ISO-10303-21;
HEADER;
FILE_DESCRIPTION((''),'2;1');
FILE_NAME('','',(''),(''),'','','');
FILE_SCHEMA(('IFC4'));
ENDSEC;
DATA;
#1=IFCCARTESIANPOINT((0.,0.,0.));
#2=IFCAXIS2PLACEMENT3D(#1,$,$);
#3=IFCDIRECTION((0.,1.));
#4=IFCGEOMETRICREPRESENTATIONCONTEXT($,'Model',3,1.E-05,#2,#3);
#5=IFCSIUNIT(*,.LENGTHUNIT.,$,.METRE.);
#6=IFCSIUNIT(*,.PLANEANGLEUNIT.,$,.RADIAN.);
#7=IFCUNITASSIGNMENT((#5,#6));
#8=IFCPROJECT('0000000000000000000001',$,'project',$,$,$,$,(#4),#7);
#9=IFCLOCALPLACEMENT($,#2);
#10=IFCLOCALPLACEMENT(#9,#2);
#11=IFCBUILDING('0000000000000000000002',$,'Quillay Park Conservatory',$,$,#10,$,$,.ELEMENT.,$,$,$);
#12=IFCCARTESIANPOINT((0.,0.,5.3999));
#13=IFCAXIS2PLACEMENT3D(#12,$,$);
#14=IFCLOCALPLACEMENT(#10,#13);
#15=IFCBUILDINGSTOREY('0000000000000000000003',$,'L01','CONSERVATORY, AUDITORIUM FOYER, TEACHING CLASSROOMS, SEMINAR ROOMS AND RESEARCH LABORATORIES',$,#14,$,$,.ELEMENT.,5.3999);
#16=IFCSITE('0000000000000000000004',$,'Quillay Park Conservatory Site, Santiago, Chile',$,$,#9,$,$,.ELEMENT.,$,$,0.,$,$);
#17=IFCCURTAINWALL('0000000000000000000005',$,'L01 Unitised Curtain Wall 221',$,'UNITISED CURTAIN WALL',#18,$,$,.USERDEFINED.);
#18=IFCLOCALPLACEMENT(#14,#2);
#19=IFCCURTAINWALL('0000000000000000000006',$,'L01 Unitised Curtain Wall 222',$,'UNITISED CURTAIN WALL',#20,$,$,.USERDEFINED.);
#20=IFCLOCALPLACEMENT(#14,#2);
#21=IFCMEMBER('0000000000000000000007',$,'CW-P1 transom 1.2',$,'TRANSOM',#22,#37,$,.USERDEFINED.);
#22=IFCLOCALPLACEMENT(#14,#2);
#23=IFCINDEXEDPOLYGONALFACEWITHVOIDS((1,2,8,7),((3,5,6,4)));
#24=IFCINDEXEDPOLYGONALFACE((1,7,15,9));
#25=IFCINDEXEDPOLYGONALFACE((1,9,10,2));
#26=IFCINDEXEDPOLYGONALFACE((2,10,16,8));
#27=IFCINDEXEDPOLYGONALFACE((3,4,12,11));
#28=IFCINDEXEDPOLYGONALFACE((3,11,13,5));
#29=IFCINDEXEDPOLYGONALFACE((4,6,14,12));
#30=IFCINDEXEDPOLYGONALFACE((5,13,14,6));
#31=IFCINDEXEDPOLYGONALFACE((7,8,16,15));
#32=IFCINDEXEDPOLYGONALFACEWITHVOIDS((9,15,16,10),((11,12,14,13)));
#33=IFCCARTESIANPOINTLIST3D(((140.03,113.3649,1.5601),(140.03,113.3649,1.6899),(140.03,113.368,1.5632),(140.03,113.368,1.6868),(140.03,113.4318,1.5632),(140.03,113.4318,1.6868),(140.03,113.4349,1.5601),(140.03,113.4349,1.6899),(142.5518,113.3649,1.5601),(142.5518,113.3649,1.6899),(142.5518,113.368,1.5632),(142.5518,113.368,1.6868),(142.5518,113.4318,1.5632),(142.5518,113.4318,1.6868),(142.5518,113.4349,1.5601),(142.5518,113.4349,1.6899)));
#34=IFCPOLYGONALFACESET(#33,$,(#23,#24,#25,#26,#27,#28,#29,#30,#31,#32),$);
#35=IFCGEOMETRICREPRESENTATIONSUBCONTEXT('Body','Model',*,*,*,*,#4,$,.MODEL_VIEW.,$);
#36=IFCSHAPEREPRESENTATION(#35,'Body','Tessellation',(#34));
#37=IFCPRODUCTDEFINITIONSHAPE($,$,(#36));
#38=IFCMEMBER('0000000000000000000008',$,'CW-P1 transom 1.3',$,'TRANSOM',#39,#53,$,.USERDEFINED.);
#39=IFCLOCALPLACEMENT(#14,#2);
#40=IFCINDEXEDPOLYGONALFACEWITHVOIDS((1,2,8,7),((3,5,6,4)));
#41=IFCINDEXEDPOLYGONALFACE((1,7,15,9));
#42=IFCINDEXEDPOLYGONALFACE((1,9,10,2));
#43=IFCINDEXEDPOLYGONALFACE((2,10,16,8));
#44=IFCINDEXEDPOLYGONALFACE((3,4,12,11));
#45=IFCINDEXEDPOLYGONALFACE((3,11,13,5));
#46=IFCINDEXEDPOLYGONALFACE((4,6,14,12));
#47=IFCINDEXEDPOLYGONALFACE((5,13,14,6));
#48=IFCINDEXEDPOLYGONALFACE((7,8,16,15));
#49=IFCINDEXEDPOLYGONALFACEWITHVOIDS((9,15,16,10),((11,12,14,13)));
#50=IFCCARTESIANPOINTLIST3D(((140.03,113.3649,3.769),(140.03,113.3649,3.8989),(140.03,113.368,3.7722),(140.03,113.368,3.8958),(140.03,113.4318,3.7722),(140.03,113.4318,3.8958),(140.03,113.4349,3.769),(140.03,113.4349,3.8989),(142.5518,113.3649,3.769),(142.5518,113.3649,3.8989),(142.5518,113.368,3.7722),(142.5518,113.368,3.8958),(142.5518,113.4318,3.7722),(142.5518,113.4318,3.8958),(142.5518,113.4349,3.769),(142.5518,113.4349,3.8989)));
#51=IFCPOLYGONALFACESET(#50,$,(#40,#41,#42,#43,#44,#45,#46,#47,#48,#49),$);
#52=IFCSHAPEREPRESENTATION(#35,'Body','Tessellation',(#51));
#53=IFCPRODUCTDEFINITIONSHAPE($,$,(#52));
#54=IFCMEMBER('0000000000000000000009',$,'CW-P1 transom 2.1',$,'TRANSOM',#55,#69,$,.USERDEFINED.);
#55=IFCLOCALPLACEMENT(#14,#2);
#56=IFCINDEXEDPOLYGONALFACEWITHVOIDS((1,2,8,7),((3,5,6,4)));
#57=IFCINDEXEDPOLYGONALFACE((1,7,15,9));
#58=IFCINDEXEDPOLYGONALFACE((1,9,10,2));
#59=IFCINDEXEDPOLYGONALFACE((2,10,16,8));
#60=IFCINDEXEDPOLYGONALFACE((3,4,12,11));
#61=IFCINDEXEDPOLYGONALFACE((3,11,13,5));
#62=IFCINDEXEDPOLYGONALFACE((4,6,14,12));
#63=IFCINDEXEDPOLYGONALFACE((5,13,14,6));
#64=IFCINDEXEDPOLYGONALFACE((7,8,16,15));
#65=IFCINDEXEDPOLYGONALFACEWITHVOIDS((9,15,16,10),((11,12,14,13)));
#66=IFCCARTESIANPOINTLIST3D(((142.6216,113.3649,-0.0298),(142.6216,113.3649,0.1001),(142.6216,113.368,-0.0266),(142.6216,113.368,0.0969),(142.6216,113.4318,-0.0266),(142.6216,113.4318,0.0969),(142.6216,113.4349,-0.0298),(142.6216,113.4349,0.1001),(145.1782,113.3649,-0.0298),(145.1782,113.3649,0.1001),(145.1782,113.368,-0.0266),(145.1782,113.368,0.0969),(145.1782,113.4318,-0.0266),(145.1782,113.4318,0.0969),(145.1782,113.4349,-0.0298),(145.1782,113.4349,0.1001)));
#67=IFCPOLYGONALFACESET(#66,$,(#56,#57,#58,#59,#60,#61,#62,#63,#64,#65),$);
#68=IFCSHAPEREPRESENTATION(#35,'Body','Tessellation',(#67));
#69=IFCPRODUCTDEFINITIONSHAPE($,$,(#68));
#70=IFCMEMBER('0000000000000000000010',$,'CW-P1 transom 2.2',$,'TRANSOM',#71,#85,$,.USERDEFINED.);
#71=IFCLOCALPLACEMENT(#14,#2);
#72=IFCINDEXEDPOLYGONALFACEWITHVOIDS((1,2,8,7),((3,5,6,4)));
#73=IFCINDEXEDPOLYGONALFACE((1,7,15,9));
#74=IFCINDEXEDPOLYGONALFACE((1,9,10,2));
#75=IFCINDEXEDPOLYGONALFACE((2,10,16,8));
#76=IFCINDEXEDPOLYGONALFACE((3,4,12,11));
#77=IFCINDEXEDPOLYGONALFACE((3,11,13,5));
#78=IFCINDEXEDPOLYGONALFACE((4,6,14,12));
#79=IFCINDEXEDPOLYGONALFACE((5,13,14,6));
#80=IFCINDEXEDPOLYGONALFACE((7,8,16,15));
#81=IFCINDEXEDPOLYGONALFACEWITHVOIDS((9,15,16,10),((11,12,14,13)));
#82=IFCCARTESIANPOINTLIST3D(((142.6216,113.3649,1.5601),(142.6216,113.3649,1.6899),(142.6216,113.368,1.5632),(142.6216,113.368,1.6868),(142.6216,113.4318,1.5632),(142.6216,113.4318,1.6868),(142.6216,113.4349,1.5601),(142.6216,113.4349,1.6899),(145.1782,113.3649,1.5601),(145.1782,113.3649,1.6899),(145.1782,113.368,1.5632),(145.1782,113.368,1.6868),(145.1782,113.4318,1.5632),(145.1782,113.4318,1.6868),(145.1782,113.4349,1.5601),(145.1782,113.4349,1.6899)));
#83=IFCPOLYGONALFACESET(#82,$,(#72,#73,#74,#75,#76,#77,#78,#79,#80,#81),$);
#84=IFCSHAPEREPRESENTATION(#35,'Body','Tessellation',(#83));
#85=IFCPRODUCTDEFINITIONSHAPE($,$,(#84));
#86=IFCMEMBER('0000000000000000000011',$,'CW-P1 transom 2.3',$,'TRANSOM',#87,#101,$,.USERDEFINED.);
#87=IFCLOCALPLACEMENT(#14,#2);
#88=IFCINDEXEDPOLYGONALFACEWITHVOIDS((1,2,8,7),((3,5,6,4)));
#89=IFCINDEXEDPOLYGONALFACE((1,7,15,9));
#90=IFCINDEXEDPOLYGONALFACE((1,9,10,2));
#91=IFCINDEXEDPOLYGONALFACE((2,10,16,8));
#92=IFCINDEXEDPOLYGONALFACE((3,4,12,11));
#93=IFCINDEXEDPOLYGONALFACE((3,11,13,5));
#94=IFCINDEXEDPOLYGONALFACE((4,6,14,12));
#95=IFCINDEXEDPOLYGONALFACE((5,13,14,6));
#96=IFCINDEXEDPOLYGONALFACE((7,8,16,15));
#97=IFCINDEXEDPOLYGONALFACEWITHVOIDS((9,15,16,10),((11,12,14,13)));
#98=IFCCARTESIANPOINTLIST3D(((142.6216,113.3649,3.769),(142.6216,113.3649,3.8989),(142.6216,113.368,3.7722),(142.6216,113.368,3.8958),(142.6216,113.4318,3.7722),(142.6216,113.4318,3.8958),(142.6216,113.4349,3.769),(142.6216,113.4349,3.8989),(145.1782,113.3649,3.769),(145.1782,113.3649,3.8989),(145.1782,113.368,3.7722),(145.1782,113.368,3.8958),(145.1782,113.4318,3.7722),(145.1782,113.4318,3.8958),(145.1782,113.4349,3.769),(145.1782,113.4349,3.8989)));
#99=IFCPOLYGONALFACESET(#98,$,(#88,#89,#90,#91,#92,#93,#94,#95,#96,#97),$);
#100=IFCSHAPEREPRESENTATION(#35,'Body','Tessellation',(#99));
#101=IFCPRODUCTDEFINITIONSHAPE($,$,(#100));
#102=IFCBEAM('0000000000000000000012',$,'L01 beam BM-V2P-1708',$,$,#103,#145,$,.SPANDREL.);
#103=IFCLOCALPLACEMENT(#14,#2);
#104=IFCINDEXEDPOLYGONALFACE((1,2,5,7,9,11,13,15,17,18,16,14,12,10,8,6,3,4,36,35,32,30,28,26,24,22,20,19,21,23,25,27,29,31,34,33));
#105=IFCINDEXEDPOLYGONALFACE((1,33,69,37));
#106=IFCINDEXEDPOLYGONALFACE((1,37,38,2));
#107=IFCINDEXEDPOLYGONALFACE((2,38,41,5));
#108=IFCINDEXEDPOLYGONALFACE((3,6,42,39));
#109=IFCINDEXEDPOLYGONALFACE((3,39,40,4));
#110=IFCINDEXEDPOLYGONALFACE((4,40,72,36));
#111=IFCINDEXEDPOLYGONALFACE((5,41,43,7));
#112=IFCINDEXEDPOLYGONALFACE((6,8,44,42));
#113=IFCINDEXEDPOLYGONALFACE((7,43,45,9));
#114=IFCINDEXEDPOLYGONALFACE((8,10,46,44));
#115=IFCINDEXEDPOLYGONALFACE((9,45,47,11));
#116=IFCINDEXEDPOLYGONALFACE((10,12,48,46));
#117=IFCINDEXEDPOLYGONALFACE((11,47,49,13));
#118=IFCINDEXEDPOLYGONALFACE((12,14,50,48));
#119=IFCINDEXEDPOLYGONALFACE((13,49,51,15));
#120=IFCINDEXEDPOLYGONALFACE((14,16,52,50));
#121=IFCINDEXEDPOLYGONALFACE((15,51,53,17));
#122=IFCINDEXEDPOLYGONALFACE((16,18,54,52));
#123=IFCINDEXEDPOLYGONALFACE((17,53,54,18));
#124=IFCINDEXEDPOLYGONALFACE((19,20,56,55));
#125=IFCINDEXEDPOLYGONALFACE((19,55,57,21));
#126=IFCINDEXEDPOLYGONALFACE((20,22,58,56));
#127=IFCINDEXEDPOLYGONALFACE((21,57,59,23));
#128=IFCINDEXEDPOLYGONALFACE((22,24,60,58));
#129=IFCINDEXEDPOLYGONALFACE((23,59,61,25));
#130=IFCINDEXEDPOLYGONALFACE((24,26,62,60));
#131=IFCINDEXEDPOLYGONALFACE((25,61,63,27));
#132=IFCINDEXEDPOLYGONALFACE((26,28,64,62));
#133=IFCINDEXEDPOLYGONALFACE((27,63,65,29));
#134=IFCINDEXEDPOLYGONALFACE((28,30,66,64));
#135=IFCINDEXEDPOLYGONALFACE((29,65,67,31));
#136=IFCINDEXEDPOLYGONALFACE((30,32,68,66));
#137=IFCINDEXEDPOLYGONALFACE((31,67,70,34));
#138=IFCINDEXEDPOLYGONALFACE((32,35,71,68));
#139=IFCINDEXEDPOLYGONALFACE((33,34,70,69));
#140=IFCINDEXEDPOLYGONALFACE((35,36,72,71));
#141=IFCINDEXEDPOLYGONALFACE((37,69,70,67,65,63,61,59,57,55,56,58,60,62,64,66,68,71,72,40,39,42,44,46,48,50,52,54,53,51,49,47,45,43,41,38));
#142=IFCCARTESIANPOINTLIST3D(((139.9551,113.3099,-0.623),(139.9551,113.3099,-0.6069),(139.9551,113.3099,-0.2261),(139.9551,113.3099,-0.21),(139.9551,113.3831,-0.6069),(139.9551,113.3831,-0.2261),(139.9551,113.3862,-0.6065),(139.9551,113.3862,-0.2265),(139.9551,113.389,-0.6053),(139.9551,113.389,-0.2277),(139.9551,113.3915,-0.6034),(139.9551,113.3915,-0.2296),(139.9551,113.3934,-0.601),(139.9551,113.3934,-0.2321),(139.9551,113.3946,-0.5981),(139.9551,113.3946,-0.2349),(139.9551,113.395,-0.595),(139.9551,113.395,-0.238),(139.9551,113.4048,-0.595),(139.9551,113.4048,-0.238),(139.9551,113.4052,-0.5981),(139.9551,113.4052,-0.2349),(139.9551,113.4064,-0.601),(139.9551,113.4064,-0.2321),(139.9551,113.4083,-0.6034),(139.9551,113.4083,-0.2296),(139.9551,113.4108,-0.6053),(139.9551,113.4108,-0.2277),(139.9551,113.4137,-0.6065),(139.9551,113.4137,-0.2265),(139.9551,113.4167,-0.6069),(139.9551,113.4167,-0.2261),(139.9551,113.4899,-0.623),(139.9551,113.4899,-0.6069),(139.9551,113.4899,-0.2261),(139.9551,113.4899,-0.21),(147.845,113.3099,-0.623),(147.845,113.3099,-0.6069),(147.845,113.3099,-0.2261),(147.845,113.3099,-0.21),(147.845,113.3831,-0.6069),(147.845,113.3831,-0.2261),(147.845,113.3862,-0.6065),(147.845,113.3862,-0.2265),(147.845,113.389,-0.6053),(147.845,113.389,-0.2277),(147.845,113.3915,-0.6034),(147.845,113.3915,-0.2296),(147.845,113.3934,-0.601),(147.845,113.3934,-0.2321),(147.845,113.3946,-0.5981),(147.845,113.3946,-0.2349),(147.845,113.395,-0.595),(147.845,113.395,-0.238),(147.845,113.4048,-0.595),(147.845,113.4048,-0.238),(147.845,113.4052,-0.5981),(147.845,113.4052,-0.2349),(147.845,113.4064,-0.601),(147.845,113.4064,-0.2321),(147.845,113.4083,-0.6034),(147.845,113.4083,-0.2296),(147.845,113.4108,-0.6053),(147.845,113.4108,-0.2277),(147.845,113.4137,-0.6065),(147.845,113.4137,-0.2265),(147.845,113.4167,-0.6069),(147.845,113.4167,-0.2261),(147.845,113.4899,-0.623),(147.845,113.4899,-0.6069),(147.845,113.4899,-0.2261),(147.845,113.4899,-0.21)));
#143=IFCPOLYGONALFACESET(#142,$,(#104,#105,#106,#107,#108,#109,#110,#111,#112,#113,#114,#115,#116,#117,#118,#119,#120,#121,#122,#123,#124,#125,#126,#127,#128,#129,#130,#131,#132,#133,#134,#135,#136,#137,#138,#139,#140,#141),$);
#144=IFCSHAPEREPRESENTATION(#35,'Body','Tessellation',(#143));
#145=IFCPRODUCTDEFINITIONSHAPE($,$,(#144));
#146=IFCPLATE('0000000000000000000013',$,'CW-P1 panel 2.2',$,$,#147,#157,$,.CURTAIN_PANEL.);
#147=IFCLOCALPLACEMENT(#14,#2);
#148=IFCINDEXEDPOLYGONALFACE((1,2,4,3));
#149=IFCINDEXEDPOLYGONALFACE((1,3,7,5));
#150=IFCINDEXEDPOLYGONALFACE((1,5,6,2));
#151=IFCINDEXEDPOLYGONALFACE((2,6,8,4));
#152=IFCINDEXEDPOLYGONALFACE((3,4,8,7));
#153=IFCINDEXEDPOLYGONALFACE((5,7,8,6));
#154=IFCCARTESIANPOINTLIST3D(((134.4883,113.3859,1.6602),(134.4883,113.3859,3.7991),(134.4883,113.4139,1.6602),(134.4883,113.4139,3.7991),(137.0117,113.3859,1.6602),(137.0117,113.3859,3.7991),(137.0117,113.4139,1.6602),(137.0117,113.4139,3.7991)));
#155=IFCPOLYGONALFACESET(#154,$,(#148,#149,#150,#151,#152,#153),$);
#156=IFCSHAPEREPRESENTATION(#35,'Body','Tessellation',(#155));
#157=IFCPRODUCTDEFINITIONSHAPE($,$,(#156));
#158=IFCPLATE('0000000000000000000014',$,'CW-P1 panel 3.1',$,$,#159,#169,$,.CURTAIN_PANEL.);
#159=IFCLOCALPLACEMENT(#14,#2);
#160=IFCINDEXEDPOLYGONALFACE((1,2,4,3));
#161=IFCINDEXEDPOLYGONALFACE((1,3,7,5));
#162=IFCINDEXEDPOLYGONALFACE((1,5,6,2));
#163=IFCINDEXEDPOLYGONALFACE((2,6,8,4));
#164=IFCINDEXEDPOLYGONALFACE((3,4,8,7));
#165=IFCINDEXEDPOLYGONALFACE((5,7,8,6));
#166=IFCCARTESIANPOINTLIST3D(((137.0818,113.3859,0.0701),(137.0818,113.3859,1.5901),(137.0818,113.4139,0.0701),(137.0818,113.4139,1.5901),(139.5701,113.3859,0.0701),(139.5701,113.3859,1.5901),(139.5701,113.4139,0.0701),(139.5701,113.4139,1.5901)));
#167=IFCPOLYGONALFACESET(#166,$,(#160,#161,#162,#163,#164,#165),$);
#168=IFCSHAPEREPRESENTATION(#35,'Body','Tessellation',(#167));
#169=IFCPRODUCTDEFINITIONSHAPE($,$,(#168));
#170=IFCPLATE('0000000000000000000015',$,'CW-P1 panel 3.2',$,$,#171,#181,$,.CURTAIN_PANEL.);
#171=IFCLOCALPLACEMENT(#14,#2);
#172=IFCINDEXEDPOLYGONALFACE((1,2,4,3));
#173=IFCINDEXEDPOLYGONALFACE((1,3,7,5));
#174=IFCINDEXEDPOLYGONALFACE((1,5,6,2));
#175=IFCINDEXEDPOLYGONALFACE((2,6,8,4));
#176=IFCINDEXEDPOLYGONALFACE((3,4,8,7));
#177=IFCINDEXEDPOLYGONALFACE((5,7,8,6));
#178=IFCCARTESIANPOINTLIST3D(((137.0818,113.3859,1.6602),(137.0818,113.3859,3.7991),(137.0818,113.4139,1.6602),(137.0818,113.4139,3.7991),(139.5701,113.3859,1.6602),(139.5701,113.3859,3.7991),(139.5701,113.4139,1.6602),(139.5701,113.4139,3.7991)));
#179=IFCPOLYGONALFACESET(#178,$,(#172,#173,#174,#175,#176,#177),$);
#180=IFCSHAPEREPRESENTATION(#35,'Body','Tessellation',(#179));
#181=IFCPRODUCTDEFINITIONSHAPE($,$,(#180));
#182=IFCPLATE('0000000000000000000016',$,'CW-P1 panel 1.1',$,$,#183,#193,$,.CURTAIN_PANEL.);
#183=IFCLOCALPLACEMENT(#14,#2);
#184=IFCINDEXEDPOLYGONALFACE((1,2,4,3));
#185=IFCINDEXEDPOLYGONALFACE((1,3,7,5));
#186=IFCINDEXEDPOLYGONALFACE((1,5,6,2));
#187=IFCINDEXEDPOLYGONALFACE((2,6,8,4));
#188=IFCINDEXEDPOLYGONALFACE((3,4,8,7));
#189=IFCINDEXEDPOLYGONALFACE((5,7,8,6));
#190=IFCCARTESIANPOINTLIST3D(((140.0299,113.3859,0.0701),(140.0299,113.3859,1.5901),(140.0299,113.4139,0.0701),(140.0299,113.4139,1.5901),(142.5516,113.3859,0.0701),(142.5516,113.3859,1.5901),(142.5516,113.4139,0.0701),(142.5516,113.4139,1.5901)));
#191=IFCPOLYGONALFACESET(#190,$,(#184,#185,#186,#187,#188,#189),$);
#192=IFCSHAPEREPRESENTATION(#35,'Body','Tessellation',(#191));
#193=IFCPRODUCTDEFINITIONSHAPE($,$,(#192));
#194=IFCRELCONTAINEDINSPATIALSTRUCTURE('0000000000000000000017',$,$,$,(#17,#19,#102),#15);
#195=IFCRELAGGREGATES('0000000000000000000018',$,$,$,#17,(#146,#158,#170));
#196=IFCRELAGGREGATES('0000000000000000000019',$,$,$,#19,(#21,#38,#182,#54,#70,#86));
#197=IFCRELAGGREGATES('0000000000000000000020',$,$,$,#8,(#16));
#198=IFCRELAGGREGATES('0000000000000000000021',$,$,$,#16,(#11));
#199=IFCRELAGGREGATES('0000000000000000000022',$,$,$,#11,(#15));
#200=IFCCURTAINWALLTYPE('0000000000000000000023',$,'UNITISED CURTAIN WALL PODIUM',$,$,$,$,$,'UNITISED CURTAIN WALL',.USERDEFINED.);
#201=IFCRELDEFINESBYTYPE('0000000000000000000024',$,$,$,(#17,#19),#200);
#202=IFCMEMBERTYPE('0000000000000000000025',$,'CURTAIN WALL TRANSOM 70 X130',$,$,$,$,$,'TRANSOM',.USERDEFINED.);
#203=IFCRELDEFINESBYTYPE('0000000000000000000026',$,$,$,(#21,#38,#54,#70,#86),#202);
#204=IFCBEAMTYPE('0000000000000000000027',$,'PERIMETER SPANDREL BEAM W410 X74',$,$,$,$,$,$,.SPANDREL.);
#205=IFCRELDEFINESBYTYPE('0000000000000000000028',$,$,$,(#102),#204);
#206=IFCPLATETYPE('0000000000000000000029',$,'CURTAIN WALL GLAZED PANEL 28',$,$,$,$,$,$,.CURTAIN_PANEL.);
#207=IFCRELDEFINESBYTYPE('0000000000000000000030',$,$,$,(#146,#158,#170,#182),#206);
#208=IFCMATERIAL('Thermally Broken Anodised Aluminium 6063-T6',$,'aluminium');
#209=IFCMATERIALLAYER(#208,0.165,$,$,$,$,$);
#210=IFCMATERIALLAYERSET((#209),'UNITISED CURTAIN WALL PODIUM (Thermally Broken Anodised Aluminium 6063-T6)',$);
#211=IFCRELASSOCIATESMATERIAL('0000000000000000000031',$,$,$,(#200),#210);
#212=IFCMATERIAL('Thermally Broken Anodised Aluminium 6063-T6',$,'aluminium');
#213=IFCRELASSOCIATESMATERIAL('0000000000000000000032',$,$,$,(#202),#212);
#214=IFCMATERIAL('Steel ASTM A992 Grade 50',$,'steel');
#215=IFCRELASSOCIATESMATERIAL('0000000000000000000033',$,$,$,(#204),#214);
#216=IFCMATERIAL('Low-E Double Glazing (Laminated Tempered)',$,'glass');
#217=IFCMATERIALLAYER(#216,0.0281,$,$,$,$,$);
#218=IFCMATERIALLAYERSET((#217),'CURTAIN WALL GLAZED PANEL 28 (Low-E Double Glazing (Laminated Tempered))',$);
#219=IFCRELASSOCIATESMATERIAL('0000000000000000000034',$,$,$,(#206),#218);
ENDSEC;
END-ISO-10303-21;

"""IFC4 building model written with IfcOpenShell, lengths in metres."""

from ifc_helpers import new_model, si_unit, direction, frame, origin, origin_2d, place, context, subcontext, project, spatial, rectangle, hollow_rectangle, i_section, extrude, material, layer, layer_set, material_profile, profile_set, type_object, element, aggregate, save


model = new_model("IFC4")

# Units and contexts
model_context = context("Model", 3, precision=1e-05, world=origin(), true_north=direction((0.0, 1.0)))
body_context = subcontext(model_context, "Body", "Model", "MODEL_VIEW")
ifc_project = project(units=[si_unit("LENGTHUNIT", "METRE"), si_unit("PLANEANGLEUNIT", "RADIAN")], contexts=[model_context])

# Site, building, storey
site_placement = place(None, origin())
site = spatial("IfcSite", under=ifc_project, at=site_placement, Name="Quillay Park Conservatory Site, Santiago, Chile", CompositionType="ELEMENT", RefElevation=0.0)
building_placement = place(site_placement, origin())
building = spatial("IfcBuilding", under=site, at=building_placement, Name="Quillay Park Conservatory", CompositionType="ELEMENT")
storey_placement = place(building_placement, frame((0.0, 0.0, 5.3999)))
storey = spatial("IfcBuildingStorey", under=building, at=storey_placement, Name="L01", Description="CONSERVATORY, AUDITORIUM FOYER, TEACHING CLASSROOMS, SEMINAR ROOMS AND RESEARCH LABORATORIES", CompositionType="ELEMENT", Elevation=5.3999)

# Curtain walls
ifc_material_1 = material(Name="Thermally Broken Anodised Aluminium 6063-T6", Category="aluminium")
ifc_layer_1 = layer(ifc_material_1, 0.165)
ifc_layer_set_1 = layer_set([ifc_layer_1], Name="UNITISED CURTAIN WALL PODIUM (Thermally Broken Anodised Aluminium 6063-T6)")
curtain_wall_type = type_object("IfcCurtainWallType", Name="UNITISED CURTAIN WALL PODIUM", ElementType="UNITISED CURTAIN WALL", PredefinedType="USERDEFINED", material=ifc_layer_set_1)
curtain_wall_1_placement = place(storey_placement, origin())
curtain_wall_1 = element("IfcCurtainWall", 1, at=curtain_wall_1_placement, inside=storey, type_object=curtain_wall_type, Name="L01 Unitised Curtain Wall 221", ObjectType="UNITISED CURTAIN WALL", PredefinedType="USERDEFINED")
curtain_wall_2_placement = place(storey_placement, origin())
curtain_wall_2 = element("IfcCurtainWall", 2, at=curtain_wall_2_placement, inside=storey, type_object=curtain_wall_type, Name="L01 Unitised Curtain Wall 222", ObjectType="UNITISED CURTAIN WALL", PredefinedType="USERDEFINED")

# Members
ifc_material_2 = material(Name="Thermally Broken Anodised Aluminium 6063-T6", Category="aluminium")
ifc_material_profile_1 = material_profile(ifc_material_2, hollow_rectangle(XDim=0.0701, YDim=0.1299, WallThickness=0.0032, at=origin_2d()), Name="AL70x130x3.2")
ifc_profile_set_1 = profile_set([ifc_material_profile_1], Name="Thermally Broken Anodised Aluminium 6063-T6")
member_type_1 = type_object("IfcMemberType", Name="CURTAIN WALL TRANSOM 70 X130", ElementType="TRANSOM", PredefinedType="USERDEFINED", material=ifc_profile_set_1)
member_1_placement = place(storey_placement, frame((140.03, 113.3999, 1.625), z_axis=(1.0, 0.0, 0.0), x_axis=(0.0, 1.0, 0.0)))
member_1 = element("IfcMember", 3, at=member_1_placement, type_object=member_type_1, Name="CW-P1 transom 1.2", ObjectType="TRANSOM", PredefinedType="USERDEFINED", context=body_context, shape_type="SweptSolid", body=[
    extrude(hollow_rectangle(XDim=0.0701, YDim=0.1299, WallThickness=0.0032, at=origin_2d()), origin(), (0.0, 0.0, 1.0), 2.5217),
])
member_2_placement = place(storey_placement, frame((140.03, 113.3999, 3.834), z_axis=(1.0, 0.0, 0.0), x_axis=(0.0, 1.0, 0.0)))
member_2 = element("IfcMember", 4, at=member_2_placement, type_object=member_type_1, Name="CW-P1 transom 1.3", ObjectType="TRANSOM", PredefinedType="USERDEFINED", context=body_context, shape_type="SweptSolid", body=[
    extrude(hollow_rectangle(XDim=0.0701, YDim=0.1299, WallThickness=0.0032, at=origin_2d()), origin(), (0.0, 0.0, 1.0), 2.5217),
])
member_3_placement = place(storey_placement, frame((142.6216, 113.3999, 0.0352), z_axis=(1.0, 0.0, 0.0), x_axis=(0.0, 1.0, 0.0)))
member_3 = element("IfcMember", 5, at=member_3_placement, type_object=member_type_1, Name="CW-P1 transom 2.1", ObjectType="TRANSOM", PredefinedType="USERDEFINED", context=body_context, shape_type="SweptSolid", body=[
    extrude(hollow_rectangle(XDim=0.0701, YDim=0.1299, WallThickness=0.0032, at=origin_2d()), origin(), (0.0, 0.0, 1.0), 2.5566),
])
member_4_placement = place(storey_placement, frame((142.6216, 113.3999, 1.625), z_axis=(1.0, 0.0, 0.0), x_axis=(0.0, 1.0, 0.0)))
member_4 = element("IfcMember", 6, at=member_4_placement, type_object=member_type_1, Name="CW-P1 transom 2.2", ObjectType="TRANSOM", PredefinedType="USERDEFINED", context=body_context, shape_type="SweptSolid", body=[
    extrude(hollow_rectangle(XDim=0.0701, YDim=0.1299, WallThickness=0.0032, at=origin_2d()), origin(), (0.0, 0.0, 1.0), 2.5566),
])
member_5_placement = place(storey_placement, frame((142.6216, 113.3999, 3.834), z_axis=(1.0, 0.0, 0.0), x_axis=(0.0, 1.0, 0.0)))
member_5 = element("IfcMember", 7, at=member_5_placement, type_object=member_type_1, Name="CW-P1 transom 2.3", ObjectType="TRANSOM", PredefinedType="USERDEFINED", context=body_context, shape_type="SweptSolid", body=[
    extrude(hollow_rectangle(XDim=0.0701, YDim=0.1299, WallThickness=0.0032, at=origin_2d()), origin(), (0.0, 0.0, 1.0), 2.5566),
])

# Beam
ifc_material_3 = material(Name="Steel ASTM A992 Grade 50", Category="steel")
ifc_material_profile_2 = material_profile(ifc_material_3, i_section(OverallWidth=0.1799, OverallDepth=0.4131, WebThickness=0.0098, FlangeThickness=0.0161, FilletRadius=0.012, at=origin_2d()), Name="W410x74")
ifc_profile_set_2 = profile_set([ifc_material_profile_2], Name="Steel ASTM A992 Grade 50")
beam_type = type_object("IfcBeamType", Name="PERIMETER SPANDREL BEAM W410 X74", PredefinedType="SPANDREL", material=ifc_profile_set_2)
beam_placement = place(storey_placement, frame((139.9551, 113.3999, -0.4165), z_axis=(1.0, 0.0, 0.0), x_axis=(0.0, 1.0, 0.0)))
element("IfcBeam", 8, at=beam_placement, inside=storey, type_object=beam_type, Name="L01 beam BM-V2P-1708", PredefinedType="SPANDREL", context=body_context, shape_type="SweptSolid", body=[
    extrude(i_section(OverallWidth=0.1799, OverallDepth=0.4131, WebThickness=0.0098, FlangeThickness=0.0161, FilletRadius=0.012, at=origin_2d()), origin(), (0.0, 0.0, 1.0), 7.8899),
])

# Plates
ifc_material_4 = material(Name="Low-E Double Glazing (Laminated Tempered)", Category="glass")
ifc_layer_2 = layer(ifc_material_4, 0.0281)
ifc_layer_set_2 = layer_set([ifc_layer_2], Name="CURTAIN WALL GLAZED PANEL 28 (Low-E Double Glazing (Laminated Tempered))")
plate_type = type_object("IfcPlateType", Name="CURTAIN WALL GLAZED PANEL 28", PredefinedType="CURTAIN_PANEL", material=ifc_layer_set_2)
plate_1_placement = place(storey_placement, frame((135.75, 113.3999, 1.6602), z_axis=(0.0, 0.0, 1.0), x_axis=(1.0, 0.0, 0.0)))
plate_1 = element("IfcPlate", 9, at=plate_1_placement, type_object=plate_type, Name="CW-P1 panel 2.2", PredefinedType="CURTAIN_PANEL", context=body_context, shape_type="SweptSolid", body=[
    extrude(rectangle(XDim=2.5234, YDim=0.0281, at=origin_2d()), origin(), (0.0, 0.0, 1.0), 2.1389),
])
plate_2_placement = place(storey_placement, frame((138.3259, 113.3999, 0.0701), z_axis=(0.0, 0.0, 1.0), x_axis=(1.0, 0.0, 0.0)))
plate_2 = element("IfcPlate", 10, at=plate_2_placement, type_object=plate_type, Name="CW-P1 panel 3.1", PredefinedType="CURTAIN_PANEL", context=body_context, shape_type="SweptSolid", body=[
    extrude(rectangle(XDim=2.4883, YDim=0.0281, at=origin_2d()), origin(), (0.0, 0.0, 1.0), 1.52),
])
plate_3_placement = place(storey_placement, frame((138.3259, 113.3999, 1.6602), z_axis=(0.0, 0.0, 1.0), x_axis=(1.0, 0.0, 0.0)))
plate_3 = element("IfcPlate", 11, at=plate_3_placement, type_object=plate_type, Name="CW-P1 panel 3.2", PredefinedType="CURTAIN_PANEL", context=body_context, shape_type="SweptSolid", body=[
    extrude(rectangle(XDim=2.4883, YDim=0.0281, at=origin_2d()), origin(), (0.0, 0.0, 1.0), 2.1389),
])
aggregate(curtain_wall_1, [plate_1, plate_2, plate_3])
plate_4_placement = place(storey_placement, frame((141.2908, 113.3999, 0.0701), z_axis=(0.0, 0.0, 1.0), x_axis=(1.0, 0.0, 0.0)))
plate_4 = element("IfcPlate", 12, at=plate_4_placement, type_object=plate_type, Name="CW-P1 panel 1.1", PredefinedType="CURTAIN_PANEL", context=body_context, shape_type="SweptSolid", body=[
    extrude(rectangle(XDim=2.5217, YDim=0.0281, at=origin_2d()), origin(), (0.0, 0.0, 1.0), 1.52),
])
aggregate(curtain_wall_2, [member_1, member_2, plate_4, member_3, member_4, member_5])

save(model, "model.ifc")
